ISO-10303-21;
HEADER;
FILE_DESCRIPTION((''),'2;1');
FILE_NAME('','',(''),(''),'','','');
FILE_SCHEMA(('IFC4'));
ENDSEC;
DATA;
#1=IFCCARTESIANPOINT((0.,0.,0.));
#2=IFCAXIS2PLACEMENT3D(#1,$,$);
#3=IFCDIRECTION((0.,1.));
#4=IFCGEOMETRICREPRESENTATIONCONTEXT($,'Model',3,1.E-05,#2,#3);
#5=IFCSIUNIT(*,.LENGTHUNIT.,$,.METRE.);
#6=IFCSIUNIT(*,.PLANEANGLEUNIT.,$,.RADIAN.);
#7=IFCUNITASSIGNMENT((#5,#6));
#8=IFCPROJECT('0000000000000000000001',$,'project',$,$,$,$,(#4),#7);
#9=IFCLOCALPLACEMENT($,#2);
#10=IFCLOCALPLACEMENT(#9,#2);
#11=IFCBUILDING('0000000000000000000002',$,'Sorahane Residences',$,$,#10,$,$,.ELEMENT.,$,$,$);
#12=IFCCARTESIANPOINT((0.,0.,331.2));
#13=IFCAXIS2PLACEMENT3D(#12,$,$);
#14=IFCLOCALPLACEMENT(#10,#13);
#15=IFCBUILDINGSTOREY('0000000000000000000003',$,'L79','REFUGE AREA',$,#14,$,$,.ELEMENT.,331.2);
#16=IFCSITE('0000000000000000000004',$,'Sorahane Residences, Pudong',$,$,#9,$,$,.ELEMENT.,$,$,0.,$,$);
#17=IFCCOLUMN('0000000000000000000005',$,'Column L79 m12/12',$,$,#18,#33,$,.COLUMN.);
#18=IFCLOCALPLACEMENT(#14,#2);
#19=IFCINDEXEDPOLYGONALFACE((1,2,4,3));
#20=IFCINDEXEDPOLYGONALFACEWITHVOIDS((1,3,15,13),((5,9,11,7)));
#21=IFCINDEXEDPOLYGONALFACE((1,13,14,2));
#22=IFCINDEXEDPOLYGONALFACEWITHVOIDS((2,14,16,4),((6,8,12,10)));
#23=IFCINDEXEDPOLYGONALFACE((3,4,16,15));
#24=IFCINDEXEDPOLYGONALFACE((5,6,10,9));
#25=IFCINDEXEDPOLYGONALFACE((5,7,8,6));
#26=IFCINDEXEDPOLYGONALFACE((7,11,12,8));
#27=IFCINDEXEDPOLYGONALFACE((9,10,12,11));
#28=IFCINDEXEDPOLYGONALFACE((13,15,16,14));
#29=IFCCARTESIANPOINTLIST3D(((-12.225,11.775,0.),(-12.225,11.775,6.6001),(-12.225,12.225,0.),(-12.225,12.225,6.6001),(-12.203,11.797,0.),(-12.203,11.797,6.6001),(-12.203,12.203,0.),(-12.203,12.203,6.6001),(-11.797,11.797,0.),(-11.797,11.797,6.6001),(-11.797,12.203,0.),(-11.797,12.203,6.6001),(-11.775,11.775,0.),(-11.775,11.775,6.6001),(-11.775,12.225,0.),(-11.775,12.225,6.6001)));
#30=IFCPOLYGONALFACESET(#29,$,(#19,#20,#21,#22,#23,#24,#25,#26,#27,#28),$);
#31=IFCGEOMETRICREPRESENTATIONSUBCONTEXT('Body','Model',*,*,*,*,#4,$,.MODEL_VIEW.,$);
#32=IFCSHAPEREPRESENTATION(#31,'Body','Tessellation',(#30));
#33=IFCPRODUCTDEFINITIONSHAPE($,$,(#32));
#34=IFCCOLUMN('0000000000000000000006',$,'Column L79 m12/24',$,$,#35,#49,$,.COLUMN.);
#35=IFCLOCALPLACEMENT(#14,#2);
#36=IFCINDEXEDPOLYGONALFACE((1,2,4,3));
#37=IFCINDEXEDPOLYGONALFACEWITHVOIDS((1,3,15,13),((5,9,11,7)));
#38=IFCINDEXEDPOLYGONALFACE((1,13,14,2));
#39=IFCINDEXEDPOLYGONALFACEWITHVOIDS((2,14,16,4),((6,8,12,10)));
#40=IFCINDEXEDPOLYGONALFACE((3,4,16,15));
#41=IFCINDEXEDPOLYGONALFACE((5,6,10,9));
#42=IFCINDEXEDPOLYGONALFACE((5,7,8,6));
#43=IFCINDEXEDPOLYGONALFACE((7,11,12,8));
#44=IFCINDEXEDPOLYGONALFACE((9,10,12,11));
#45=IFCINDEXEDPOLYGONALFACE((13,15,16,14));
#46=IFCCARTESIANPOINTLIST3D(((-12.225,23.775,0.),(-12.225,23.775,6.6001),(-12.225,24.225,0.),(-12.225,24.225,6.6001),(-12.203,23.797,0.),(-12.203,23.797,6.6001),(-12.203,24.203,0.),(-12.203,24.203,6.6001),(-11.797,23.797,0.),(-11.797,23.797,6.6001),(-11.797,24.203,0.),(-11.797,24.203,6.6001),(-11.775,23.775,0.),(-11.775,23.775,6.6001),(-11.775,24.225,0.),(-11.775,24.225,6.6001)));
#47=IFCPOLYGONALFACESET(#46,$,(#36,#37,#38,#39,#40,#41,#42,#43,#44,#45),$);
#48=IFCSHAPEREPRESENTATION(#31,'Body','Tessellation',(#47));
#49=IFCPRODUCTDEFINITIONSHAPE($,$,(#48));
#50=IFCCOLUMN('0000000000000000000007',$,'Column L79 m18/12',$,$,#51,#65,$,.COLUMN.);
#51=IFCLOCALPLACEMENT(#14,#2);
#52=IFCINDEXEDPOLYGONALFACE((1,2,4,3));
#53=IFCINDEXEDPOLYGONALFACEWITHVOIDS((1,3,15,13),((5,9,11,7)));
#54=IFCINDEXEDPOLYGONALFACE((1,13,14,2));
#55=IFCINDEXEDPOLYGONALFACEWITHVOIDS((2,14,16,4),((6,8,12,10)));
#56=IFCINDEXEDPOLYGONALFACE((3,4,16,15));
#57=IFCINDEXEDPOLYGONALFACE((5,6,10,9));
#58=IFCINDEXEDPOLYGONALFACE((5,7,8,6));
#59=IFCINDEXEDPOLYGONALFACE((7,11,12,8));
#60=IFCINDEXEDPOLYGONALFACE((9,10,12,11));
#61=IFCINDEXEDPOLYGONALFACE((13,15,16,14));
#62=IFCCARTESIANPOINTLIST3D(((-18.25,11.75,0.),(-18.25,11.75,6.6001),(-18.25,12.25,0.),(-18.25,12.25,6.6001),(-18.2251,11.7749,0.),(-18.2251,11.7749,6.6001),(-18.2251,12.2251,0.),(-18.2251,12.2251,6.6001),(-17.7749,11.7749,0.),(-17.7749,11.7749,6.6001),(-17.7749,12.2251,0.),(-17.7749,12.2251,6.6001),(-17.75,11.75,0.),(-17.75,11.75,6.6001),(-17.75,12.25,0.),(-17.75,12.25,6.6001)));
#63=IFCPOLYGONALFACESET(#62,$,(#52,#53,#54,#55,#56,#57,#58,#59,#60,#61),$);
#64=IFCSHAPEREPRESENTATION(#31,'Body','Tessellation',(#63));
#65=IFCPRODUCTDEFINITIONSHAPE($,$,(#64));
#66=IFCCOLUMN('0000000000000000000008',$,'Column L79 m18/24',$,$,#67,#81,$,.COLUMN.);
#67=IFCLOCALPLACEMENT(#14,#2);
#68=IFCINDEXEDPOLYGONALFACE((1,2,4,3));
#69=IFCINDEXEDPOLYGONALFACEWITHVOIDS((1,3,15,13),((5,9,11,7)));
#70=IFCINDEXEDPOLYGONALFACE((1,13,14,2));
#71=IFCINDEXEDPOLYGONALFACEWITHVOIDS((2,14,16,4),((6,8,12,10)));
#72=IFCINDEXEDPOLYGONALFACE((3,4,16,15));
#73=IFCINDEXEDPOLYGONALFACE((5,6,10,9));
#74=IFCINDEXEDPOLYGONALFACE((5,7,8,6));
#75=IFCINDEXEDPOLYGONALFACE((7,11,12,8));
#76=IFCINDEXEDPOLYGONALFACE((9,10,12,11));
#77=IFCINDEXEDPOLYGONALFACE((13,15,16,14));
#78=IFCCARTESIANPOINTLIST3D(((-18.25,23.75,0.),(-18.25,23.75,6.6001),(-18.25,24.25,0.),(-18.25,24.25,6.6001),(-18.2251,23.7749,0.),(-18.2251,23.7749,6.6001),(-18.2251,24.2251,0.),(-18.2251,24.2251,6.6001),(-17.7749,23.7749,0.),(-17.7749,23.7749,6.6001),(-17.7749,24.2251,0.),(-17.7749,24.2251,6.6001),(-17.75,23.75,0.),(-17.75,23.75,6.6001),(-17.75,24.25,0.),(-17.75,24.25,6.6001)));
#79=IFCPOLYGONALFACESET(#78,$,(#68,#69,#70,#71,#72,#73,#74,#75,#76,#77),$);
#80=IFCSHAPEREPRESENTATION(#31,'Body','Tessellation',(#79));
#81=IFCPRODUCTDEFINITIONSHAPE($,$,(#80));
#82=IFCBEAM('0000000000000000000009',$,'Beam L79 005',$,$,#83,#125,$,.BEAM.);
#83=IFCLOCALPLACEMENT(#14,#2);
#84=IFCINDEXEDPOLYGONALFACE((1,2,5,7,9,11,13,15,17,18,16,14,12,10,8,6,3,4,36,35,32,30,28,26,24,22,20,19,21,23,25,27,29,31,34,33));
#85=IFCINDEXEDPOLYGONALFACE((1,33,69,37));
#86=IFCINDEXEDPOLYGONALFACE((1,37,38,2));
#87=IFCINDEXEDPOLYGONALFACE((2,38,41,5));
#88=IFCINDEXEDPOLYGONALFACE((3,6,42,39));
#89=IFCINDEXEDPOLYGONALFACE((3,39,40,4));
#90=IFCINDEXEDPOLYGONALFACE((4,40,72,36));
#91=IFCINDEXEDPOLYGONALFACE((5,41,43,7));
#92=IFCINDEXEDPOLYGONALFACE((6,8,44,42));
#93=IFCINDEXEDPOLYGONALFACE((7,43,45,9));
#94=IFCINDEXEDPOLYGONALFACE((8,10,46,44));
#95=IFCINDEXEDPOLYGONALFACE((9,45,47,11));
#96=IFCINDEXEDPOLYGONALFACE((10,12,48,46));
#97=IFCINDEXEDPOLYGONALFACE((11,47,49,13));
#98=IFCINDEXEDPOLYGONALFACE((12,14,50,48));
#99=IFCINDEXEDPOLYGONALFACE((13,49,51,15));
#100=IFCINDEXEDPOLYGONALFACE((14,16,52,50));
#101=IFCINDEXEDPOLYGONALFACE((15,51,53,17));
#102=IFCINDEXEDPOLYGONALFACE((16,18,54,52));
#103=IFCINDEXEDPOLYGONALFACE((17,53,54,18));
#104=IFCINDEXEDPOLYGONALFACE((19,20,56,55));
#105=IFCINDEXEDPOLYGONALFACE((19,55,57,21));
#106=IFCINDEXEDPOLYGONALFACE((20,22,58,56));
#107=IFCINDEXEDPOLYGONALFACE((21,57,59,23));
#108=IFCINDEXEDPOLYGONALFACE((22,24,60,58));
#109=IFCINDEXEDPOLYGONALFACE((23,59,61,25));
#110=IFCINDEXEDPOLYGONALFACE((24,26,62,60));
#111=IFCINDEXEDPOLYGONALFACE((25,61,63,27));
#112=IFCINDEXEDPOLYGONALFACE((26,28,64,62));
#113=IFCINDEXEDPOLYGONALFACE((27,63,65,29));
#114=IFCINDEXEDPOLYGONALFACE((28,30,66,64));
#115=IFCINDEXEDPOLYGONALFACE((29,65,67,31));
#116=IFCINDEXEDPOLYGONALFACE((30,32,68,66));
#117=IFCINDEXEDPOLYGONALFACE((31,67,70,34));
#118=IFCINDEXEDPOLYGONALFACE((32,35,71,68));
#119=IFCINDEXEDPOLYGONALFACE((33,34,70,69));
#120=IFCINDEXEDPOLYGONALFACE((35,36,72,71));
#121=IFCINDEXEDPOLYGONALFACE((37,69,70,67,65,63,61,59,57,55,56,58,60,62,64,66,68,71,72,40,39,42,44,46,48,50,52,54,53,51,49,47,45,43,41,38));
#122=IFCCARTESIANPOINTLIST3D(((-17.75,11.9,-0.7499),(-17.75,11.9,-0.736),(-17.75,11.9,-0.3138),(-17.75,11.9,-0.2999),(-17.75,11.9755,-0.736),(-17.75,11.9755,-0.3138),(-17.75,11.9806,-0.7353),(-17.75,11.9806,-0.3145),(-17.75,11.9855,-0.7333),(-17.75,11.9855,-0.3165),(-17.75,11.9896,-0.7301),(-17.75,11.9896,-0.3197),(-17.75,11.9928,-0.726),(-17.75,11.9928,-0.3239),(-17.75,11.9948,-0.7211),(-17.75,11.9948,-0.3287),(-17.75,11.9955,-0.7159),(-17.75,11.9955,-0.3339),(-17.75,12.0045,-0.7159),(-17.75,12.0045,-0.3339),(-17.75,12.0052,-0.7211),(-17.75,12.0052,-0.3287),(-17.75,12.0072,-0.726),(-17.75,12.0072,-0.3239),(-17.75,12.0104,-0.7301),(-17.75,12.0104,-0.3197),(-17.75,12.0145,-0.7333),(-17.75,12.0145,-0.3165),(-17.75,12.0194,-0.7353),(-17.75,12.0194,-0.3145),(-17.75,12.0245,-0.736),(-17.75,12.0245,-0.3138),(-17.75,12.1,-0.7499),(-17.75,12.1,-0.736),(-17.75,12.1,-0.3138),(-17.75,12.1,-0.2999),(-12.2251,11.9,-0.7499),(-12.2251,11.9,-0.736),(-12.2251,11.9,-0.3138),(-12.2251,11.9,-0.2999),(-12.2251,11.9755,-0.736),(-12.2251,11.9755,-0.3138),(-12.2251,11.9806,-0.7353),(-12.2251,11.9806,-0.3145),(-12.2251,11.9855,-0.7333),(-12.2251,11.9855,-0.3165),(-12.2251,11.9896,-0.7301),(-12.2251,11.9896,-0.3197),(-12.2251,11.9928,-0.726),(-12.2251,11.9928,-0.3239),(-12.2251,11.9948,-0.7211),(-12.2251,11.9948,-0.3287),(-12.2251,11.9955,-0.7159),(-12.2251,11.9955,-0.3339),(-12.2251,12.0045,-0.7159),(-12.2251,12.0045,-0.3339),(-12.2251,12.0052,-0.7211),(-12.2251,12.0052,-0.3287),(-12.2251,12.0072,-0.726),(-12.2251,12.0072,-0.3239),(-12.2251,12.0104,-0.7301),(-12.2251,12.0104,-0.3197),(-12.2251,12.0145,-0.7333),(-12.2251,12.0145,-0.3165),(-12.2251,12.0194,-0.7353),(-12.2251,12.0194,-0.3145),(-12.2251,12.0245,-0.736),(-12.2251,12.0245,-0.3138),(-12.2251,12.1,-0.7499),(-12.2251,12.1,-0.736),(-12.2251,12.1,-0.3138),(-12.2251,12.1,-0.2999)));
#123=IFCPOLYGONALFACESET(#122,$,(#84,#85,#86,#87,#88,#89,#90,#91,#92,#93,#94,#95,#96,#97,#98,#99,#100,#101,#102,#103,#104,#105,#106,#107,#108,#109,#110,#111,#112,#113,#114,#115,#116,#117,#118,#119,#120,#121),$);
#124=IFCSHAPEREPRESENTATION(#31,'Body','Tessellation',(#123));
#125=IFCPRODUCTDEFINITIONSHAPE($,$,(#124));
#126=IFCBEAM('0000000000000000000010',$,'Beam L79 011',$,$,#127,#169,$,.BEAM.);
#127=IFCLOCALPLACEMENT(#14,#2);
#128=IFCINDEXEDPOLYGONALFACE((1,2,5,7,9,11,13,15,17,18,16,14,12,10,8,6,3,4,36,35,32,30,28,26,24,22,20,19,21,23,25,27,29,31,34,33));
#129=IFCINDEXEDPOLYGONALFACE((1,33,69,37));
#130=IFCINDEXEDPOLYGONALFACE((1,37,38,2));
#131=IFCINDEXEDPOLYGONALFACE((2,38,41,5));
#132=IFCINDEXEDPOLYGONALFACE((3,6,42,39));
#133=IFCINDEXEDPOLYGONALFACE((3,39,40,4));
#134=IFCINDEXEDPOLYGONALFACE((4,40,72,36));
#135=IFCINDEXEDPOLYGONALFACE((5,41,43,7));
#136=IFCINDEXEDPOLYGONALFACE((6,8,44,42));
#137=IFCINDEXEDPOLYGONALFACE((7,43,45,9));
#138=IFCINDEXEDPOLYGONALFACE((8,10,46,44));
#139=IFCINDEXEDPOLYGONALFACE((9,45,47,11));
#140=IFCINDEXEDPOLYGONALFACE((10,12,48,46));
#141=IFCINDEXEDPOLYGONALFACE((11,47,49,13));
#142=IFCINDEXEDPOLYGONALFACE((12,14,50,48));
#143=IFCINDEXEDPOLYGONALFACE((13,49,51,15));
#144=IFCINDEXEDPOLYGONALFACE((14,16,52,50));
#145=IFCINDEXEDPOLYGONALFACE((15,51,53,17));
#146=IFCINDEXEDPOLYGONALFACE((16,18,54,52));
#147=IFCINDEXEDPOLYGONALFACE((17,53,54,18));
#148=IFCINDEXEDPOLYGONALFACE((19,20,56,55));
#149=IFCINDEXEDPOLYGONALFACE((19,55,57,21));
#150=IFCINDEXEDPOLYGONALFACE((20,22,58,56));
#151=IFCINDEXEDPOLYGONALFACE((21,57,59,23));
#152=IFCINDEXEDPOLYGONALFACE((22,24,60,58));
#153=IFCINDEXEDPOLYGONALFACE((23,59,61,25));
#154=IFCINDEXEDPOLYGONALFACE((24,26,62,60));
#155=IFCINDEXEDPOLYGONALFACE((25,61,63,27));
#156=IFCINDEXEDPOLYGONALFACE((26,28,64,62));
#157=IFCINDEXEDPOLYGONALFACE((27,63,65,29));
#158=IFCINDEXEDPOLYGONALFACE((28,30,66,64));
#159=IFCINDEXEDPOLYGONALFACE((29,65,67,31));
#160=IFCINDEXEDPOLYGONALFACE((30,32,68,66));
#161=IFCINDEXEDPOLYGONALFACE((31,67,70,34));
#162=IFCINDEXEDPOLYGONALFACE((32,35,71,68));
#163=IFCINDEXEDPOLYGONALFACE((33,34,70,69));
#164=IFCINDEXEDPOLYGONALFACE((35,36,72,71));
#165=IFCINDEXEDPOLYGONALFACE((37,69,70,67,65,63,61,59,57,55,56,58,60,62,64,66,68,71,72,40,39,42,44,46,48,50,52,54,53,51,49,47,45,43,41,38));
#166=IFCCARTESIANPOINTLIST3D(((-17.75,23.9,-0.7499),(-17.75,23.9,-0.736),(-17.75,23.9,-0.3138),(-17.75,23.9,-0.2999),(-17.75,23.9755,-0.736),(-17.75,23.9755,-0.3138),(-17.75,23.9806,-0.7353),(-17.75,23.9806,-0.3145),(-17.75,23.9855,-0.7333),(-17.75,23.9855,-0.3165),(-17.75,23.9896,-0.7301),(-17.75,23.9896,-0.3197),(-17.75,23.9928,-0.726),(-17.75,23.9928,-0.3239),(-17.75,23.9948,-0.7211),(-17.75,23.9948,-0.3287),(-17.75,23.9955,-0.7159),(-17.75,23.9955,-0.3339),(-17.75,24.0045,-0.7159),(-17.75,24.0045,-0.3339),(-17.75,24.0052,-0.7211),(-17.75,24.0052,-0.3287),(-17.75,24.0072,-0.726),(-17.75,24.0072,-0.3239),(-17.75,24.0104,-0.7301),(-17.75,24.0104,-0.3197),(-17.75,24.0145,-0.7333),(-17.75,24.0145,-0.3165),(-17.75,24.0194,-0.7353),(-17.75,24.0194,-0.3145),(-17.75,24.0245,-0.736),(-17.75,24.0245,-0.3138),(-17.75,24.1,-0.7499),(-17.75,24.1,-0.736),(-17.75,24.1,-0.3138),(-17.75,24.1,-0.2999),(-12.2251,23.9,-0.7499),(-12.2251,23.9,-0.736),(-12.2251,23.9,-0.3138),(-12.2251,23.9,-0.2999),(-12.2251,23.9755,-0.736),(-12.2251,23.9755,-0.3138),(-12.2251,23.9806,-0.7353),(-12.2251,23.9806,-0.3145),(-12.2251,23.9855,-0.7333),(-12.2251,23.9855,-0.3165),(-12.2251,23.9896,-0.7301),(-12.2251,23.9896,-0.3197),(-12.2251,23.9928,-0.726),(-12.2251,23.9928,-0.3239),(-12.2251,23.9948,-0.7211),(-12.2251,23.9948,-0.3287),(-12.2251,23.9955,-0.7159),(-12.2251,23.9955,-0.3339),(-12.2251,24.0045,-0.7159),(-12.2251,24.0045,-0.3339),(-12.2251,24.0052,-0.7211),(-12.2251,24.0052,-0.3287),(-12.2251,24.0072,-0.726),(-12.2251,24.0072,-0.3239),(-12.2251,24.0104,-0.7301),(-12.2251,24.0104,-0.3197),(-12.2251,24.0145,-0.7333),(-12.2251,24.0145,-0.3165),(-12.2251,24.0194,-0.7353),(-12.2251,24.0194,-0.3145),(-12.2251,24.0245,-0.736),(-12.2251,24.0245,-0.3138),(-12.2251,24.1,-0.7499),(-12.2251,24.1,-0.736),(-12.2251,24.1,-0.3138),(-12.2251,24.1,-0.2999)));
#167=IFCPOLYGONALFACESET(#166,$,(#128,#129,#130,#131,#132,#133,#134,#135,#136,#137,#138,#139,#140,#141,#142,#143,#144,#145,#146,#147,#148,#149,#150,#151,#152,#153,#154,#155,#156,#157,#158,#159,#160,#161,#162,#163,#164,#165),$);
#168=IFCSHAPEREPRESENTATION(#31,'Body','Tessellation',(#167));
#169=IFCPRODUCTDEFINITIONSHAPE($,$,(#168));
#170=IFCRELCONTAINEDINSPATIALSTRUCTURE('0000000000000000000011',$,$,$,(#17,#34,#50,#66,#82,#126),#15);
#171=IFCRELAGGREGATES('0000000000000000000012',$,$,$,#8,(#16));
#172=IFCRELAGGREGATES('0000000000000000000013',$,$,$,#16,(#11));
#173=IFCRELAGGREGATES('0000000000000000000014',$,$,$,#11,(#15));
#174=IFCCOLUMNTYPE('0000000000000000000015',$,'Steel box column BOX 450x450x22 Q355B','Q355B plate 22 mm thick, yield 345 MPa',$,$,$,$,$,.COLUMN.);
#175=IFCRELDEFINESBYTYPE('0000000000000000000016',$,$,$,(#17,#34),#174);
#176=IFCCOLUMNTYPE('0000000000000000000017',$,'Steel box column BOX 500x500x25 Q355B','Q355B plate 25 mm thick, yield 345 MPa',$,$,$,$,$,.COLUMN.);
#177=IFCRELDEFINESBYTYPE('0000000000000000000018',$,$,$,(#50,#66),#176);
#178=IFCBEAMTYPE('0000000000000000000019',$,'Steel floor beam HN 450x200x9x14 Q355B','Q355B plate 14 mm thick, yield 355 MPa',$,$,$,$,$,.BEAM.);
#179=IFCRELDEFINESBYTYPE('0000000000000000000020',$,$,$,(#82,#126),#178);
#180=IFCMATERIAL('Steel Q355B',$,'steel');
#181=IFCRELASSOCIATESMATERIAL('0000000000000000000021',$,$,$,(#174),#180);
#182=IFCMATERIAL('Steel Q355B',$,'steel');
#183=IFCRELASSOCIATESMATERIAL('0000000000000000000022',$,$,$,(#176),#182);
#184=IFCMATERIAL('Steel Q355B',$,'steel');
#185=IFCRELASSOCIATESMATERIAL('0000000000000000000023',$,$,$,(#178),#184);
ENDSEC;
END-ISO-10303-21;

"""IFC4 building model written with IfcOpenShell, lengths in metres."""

from ifc_helpers import new_model, si_unit, direction, frame, origin, origin_2d, place, context, subcontext, project, spatial, hollow_rectangle, i_section, extrude, material, material_profile, profile_set, type_object, element, save


model = new_model("IFC4")

# Units and contexts
model_context = context("Model", 3, precision=1e-05, world=origin(), true_north=direction((0.0, 1.0)))
body_context = subcontext(model_context, "Body", "Model", "MODEL_VIEW")
ifc_project = project(units=[si_unit("LENGTHUNIT", "METRE"), si_unit("PLANEANGLEUNIT", "RADIAN")], contexts=[model_context])

# Site, building, storey
site_placement = place(None, origin())
site = spatial("IfcSite", under=ifc_project, at=site_placement, Name="Sorahane Residences, Pudong", CompositionType="ELEMENT", RefElevation=0.0)
building_placement = place(site_placement, origin())
building = spatial("IfcBuilding", under=site, at=building_placement, Name="Sorahane Residences", CompositionType="ELEMENT")
storey_placement = place(building_placement, frame((0.0, 0.0, 331.2)))
storey = spatial("IfcBuildingStorey", under=building, at=storey_placement, Name="L79", Description="REFUGE AREA", CompositionType="ELEMENT", Elevation=331.2)

# Columns
ifc_material_1 = material(Name="Steel Q355B", Category="steel")
ifc_material_profile_1 = material_profile(ifc_material_1, hollow_rectangle(XDim=0.45, YDim=0.45, WallThickness=0.022, at=origin_2d()), Name="BOX 450x450x22")
ifc_profile_set_1 = profile_set([ifc_material_profile_1], Name="Steel Q355B")
column_type_1 = type_object("IfcColumnType", Name="Steel box column BOX 450x450x22 Q355B", Description="Q355B plate 22 mm thick, yield 345 MPa", PredefinedType="COLUMN", material=ifc_profile_set_1)
for number, where, z_axis, x_axis, name in (
    (1, (-12.0, 12.0, 0.0), (0.0, 0.0, 1.0), (1.0, 0.0, 0.0), "Column L79 m12/12"),
    (2, (-12.0, 24.0, 0.0), (0.0, 0.0, 1.0), (1.0, 0.0, 0.0), "Column L79 m12/24"),
):
    element("IfcColumn", number, at=place(storey_placement, frame(where, z_axis=z_axis, x_axis=x_axis)), inside=storey, type_object=column_type_1, Name=name, PredefinedType="COLUMN", context=body_context, shape_type="SweptSolid", body=[
        extrude(hollow_rectangle(XDim=0.45, YDim=0.45, WallThickness=0.022, at=origin_2d()), origin(), (0.0, 0.0, 1.0), 6.6001),
    ])
ifc_material_2 = material(Name="Steel Q355B", Category="steel")
ifc_material_profile_2 = material_profile(ifc_material_2, hollow_rectangle(XDim=0.5, YDim=0.5, WallThickness=0.0249, at=origin_2d()), Name="BOX 500x500x25")
ifc_profile_set_2 = profile_set([ifc_material_profile_2], Name="Steel Q355B")
column_type_2 = type_object("IfcColumnType", Name="Steel box column BOX 500x500x25 Q355B", Description="Q355B plate 25 mm thick, yield 345 MPa", PredefinedType="COLUMN", material=ifc_profile_set_2)
for number, where, z_axis, x_axis, name in (
    (3, (-18.0, 12.0, 0.0), (0.0, 0.0, 1.0), (1.0, 0.0, 0.0), "Column L79 m18/12"),
    (4, (-18.0, 24.0, 0.0), (0.0, 0.0, 1.0), (1.0, 0.0, 0.0), "Column L79 m18/24"),
):
    element("IfcColumn", number, at=place(storey_placement, frame(where, z_axis=z_axis, x_axis=x_axis)), inside=storey, type_object=column_type_2, Name=name, PredefinedType="COLUMN", context=body_context, shape_type="SweptSolid", body=[
        extrude(hollow_rectangle(XDim=0.5, YDim=0.5, WallThickness=0.0249, at=origin_2d()), origin(), (0.0, 0.0, 1.0), 6.6001),
    ])

# Beams
ifc_material_3 = material(Name="Steel Q355B", Category="steel")
ifc_material_profile_3 = material_profile(ifc_material_3, i_section(OverallWidth=0.2, OverallDepth=0.45, WebThickness=0.009, FlangeThickness=0.0139, FilletRadius=0.02, at=origin_2d()), Name="HN 450x200x9x14")
ifc_profile_set_3 = profile_set([ifc_material_profile_3], Name="Steel Q355B")
beam_type_1 = type_object("IfcBeamType", Name="Steel floor beam HN 450x200x9x14 Q355B", Description="Q355B plate 14 mm thick, yield 355 MPa", PredefinedType="BEAM", material=ifc_profile_set_3)
for number, where, z_axis, x_axis, name in (
    (5, (-17.75, 12.0, -0.5249), (1.0, 0.0, 0.0), (0.0, 1.0, 0.0), "Beam L79 005"),
    (6, (-17.75, 24.0, -0.5249), (1.0, 0.0, 0.0), (0.0, 1.0, 0.0), "Beam L79 011"),
):
    element("IfcBeam", number, at=place(storey_placement, frame(where, z_axis=z_axis, x_axis=x_axis)), inside=storey, type_object=beam_type_1, Name=name, PredefinedType="BEAM", context=body_context, shape_type="SweptSolid", body=[
        extrude(i_section(OverallWidth=0.2, OverallDepth=0.45, WebThickness=0.009, FlangeThickness=0.0139, FilletRadius=0.02, at=origin_2d()), origin(), (0.0, 0.0, 1.0), 5.5249),
    ])

save(model, "model.ifc")
